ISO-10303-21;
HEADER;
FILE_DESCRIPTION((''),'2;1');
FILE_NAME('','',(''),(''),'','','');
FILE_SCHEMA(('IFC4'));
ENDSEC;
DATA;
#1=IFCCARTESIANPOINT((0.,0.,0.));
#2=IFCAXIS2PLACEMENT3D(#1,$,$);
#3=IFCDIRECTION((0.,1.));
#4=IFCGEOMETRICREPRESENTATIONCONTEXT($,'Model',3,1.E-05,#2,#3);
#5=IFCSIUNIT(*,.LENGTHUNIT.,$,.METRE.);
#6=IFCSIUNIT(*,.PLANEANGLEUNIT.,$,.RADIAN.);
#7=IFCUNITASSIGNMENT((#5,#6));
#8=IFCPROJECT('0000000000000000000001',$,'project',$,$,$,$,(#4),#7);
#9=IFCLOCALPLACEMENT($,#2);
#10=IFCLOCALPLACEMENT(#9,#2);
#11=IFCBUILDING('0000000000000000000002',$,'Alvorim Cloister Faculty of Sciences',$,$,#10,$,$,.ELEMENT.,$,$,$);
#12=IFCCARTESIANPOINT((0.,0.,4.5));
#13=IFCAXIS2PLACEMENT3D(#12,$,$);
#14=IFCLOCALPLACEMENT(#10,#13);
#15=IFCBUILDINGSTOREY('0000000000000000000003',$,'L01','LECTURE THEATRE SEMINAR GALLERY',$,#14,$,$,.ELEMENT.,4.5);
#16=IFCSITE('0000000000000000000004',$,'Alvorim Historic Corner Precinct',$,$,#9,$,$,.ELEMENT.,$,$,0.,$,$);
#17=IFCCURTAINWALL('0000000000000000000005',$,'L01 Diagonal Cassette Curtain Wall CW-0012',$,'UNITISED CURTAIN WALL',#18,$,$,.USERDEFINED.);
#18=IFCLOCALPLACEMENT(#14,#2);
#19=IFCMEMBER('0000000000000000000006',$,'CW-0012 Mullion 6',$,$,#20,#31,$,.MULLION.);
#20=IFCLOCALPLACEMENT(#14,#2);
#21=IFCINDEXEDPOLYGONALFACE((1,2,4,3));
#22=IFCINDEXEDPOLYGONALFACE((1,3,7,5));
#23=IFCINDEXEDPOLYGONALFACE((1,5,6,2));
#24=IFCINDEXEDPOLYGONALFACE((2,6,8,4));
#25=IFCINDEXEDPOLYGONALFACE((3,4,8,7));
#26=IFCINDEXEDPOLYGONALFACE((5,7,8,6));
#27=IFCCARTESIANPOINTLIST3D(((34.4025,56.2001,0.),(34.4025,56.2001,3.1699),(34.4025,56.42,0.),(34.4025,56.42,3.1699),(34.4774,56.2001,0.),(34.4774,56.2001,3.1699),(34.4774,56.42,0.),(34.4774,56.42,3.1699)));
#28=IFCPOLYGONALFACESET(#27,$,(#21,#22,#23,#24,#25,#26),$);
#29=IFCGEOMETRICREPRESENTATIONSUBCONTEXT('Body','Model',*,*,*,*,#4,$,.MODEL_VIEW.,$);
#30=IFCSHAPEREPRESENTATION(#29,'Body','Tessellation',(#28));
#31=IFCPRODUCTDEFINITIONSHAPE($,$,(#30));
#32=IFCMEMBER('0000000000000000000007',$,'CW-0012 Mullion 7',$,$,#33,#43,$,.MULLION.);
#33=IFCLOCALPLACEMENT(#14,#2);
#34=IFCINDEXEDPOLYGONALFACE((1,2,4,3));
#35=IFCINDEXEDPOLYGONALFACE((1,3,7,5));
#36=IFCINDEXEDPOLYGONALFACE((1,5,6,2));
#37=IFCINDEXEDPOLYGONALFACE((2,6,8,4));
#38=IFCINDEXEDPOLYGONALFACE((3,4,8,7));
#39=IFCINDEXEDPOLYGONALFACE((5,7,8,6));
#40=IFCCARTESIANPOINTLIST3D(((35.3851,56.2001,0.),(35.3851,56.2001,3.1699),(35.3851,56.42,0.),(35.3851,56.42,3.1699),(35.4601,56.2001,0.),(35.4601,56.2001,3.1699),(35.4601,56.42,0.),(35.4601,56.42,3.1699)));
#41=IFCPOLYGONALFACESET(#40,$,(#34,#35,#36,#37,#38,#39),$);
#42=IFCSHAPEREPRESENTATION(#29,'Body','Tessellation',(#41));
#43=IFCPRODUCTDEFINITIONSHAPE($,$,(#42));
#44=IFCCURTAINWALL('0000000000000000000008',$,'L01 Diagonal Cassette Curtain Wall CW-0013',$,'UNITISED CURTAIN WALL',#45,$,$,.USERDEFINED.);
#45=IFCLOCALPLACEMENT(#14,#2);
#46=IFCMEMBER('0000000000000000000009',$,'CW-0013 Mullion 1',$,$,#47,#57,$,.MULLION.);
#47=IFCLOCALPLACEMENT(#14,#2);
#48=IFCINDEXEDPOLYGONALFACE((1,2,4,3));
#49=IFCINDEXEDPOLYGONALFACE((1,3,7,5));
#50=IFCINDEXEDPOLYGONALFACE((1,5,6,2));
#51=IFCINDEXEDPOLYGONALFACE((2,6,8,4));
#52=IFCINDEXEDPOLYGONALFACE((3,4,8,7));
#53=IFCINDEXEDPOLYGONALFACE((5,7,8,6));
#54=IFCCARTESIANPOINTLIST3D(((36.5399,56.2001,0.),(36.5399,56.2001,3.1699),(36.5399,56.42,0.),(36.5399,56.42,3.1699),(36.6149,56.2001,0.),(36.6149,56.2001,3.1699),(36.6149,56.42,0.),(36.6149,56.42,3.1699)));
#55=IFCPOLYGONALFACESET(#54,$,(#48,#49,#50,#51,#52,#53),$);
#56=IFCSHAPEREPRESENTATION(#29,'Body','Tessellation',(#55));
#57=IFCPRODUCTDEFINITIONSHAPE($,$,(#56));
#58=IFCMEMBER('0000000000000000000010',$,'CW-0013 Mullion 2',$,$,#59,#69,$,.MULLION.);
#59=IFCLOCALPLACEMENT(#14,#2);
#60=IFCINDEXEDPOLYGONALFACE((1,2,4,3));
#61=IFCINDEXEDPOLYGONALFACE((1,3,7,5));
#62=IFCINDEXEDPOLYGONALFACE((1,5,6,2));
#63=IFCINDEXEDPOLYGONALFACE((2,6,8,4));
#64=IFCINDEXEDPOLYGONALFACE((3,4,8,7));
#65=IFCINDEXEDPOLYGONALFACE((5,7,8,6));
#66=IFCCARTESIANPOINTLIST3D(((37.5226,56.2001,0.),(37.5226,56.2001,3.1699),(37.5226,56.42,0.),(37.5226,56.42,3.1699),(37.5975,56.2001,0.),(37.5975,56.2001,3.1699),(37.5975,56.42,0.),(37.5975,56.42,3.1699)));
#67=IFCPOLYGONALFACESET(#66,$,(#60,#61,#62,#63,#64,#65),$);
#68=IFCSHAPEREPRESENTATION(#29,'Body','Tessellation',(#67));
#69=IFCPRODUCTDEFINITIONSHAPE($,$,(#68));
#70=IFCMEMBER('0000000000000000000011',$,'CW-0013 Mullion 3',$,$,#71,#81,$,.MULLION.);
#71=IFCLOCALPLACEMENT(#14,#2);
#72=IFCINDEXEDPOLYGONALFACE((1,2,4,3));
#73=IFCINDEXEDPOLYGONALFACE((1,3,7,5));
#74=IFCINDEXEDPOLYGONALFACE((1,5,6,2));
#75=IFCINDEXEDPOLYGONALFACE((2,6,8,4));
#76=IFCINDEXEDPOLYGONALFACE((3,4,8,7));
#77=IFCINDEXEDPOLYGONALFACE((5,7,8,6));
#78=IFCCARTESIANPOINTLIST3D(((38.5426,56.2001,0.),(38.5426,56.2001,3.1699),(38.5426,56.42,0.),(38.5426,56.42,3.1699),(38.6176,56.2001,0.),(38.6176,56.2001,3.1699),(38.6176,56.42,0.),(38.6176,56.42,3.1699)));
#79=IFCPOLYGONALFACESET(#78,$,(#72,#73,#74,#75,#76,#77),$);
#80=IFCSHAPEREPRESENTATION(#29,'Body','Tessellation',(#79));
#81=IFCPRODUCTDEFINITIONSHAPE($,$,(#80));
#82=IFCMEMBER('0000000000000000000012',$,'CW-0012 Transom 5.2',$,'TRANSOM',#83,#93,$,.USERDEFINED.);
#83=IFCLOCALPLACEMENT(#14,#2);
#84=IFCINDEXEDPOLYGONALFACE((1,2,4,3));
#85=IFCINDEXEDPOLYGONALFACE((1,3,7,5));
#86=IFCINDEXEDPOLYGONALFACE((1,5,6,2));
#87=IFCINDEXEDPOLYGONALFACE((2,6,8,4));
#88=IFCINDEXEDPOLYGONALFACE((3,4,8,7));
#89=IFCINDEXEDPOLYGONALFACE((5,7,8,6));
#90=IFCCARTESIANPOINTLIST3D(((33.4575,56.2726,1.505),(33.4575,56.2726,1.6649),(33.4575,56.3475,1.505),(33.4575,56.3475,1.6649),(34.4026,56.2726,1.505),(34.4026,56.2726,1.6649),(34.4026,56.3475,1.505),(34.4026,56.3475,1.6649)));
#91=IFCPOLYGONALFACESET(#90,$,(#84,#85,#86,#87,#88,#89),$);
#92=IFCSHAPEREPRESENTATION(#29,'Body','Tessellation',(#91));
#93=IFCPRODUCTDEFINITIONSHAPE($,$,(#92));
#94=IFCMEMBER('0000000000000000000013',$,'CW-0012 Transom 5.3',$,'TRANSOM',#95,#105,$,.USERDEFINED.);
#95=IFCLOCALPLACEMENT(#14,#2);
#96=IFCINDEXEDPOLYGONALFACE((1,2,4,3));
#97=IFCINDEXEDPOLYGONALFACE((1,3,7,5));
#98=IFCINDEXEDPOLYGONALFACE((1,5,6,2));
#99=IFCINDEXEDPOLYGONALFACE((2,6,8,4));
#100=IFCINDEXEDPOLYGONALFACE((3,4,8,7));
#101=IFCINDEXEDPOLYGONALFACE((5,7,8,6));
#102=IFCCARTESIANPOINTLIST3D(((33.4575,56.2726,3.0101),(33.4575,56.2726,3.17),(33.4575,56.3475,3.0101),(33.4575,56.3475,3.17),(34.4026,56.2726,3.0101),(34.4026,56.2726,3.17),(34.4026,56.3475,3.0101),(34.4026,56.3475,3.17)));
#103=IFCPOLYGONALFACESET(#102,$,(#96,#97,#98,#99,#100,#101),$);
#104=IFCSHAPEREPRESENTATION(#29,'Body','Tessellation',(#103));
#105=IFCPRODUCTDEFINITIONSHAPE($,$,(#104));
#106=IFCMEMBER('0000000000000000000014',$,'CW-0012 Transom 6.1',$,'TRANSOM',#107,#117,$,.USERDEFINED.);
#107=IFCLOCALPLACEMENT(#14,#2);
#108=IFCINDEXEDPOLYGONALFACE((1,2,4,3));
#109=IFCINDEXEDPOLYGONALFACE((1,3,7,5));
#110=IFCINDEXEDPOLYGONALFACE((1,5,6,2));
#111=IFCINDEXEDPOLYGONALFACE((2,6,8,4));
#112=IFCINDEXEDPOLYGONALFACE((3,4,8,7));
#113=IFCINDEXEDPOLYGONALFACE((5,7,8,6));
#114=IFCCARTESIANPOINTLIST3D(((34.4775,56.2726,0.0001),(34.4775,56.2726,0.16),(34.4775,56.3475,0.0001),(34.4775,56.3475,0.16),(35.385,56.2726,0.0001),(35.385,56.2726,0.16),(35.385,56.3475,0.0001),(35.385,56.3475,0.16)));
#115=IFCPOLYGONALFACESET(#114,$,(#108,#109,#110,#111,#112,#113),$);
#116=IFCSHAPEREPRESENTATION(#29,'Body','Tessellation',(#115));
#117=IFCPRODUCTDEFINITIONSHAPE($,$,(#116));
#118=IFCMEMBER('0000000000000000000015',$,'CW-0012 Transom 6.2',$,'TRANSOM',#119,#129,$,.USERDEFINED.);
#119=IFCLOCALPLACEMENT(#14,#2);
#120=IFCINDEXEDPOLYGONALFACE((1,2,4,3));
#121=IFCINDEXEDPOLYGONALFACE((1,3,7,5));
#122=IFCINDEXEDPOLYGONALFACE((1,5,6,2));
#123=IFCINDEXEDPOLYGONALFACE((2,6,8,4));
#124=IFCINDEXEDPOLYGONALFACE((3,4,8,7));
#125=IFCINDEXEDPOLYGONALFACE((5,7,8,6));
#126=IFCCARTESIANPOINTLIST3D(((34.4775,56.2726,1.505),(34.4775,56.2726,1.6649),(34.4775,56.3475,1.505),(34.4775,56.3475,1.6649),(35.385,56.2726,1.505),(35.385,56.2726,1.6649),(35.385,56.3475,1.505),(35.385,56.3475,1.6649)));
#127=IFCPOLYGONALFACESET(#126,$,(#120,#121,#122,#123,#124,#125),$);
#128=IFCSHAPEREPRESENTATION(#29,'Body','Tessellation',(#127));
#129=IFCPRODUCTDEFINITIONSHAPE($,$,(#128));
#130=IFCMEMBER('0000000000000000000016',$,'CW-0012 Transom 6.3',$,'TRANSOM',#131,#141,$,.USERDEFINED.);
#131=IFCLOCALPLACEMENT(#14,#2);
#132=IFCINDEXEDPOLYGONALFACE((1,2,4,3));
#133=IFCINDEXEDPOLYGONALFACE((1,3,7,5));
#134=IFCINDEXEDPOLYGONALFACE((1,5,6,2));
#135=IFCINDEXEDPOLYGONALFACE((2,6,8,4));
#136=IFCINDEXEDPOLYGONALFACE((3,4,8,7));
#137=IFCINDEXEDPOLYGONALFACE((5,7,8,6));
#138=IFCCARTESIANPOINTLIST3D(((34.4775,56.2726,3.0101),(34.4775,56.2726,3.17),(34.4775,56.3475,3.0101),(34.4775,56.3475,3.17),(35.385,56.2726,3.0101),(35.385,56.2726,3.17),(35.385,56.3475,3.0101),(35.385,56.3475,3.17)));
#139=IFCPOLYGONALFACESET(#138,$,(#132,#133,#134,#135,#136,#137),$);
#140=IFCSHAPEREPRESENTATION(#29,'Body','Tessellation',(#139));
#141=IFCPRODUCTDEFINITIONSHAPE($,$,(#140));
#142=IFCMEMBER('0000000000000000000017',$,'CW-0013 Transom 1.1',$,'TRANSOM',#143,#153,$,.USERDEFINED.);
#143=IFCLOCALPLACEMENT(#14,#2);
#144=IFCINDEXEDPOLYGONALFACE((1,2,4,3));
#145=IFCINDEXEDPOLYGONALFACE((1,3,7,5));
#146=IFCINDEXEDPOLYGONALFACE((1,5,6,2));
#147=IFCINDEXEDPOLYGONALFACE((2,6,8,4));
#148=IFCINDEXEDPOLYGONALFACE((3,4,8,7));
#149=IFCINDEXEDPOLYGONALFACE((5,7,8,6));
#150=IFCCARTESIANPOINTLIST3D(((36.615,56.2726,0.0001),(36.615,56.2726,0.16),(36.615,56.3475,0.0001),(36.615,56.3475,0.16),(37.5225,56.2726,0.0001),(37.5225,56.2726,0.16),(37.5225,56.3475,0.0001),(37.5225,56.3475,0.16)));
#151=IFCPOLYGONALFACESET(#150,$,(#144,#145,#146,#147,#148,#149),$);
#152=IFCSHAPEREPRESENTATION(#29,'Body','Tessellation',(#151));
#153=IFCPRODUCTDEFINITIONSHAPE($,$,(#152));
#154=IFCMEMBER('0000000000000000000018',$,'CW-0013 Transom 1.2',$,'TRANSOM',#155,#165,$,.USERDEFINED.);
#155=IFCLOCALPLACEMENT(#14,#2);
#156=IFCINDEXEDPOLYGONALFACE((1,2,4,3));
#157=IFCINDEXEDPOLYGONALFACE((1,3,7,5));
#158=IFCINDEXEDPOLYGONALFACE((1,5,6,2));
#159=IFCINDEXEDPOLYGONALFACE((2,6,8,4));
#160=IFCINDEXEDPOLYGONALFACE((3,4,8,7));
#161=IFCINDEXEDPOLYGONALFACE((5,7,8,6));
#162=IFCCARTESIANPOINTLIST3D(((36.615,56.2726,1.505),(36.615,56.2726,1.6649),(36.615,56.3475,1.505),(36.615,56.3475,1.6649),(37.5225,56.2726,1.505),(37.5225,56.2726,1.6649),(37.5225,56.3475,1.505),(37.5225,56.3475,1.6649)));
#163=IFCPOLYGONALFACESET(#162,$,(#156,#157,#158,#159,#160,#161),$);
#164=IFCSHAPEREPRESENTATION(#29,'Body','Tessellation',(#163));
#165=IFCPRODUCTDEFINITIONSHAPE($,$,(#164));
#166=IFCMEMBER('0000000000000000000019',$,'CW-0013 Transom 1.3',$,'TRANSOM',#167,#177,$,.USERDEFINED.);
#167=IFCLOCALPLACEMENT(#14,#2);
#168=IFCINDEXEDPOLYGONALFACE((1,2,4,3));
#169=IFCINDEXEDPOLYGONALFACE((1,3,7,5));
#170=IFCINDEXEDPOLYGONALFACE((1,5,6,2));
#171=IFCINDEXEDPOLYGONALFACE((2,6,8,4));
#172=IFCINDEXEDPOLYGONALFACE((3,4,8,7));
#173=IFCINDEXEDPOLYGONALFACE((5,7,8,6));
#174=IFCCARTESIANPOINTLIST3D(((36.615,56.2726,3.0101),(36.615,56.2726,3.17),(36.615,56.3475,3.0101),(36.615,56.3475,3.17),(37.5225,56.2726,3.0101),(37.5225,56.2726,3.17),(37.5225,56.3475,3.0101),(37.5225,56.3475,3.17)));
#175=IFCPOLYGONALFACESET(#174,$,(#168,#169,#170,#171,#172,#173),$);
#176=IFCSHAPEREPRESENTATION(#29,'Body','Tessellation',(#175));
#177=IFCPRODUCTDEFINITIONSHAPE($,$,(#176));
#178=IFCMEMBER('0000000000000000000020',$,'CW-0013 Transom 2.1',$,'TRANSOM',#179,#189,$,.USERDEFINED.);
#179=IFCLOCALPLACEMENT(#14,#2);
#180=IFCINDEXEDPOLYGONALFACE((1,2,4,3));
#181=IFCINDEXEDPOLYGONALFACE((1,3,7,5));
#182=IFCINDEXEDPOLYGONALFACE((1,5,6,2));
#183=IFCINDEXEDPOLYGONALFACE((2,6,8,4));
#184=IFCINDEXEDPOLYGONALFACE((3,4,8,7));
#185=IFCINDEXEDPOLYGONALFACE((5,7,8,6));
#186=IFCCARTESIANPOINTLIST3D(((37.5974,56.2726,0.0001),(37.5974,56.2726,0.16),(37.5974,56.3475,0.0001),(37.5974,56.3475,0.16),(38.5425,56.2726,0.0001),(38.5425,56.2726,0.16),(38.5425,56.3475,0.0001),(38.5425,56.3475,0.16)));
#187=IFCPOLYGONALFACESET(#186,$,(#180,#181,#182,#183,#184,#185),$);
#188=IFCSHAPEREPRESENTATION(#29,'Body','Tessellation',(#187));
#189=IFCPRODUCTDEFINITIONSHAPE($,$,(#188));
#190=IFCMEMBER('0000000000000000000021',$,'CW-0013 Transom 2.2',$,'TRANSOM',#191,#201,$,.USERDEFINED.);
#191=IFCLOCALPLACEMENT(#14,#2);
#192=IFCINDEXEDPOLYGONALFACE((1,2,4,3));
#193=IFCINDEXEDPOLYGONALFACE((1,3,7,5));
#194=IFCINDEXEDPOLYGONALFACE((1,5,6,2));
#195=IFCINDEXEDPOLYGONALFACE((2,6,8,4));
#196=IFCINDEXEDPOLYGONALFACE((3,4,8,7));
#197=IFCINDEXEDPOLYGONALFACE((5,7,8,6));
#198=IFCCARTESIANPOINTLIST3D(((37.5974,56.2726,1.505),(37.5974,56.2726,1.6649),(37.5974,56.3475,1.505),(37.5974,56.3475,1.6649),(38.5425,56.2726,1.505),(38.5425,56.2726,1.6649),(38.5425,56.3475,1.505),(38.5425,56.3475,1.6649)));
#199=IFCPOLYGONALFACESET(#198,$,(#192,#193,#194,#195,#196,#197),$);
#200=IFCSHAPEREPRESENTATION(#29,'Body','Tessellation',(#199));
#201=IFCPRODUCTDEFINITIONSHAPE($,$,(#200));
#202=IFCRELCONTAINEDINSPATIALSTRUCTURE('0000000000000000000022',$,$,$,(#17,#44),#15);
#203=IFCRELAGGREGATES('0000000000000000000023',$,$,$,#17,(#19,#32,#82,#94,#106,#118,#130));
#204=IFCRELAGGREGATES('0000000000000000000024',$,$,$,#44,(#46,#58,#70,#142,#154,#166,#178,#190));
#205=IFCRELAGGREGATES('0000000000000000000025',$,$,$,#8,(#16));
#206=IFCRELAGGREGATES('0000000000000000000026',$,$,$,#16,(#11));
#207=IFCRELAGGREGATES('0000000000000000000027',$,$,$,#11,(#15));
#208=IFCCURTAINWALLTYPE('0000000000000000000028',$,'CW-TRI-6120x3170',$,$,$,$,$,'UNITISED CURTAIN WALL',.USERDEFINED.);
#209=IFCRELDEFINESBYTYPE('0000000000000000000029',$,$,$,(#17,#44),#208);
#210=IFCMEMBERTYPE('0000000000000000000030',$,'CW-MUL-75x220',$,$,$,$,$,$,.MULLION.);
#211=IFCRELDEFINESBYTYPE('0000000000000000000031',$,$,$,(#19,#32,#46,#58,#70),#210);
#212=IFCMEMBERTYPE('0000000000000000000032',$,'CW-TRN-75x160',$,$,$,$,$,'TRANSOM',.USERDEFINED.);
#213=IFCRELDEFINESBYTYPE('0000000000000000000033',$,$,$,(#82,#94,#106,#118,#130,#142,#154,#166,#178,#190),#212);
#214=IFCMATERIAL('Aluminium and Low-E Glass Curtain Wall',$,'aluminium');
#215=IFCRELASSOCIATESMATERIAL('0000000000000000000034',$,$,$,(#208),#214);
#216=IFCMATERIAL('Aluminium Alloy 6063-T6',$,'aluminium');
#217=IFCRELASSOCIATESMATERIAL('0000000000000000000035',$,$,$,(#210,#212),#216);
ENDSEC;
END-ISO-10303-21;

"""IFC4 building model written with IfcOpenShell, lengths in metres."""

from ifc_helpers import new_model, si_unit, direction, frame, origin, origin_2d, place, context, subcontext, project, spatial, rectangle, extrude, material, material_profile, profile_set, type_object, element, aggregate, save


model = new_model("IFC4")

# Units and contexts
model_context = context("Model", 3, precision=1e-05, world=origin(), true_north=direction((0.0, 1.0)))
body_context = subcontext(model_context, "Body", "Model", "MODEL_VIEW")
ifc_project = project(units=[si_unit("LENGTHUNIT", "METRE"), si_unit("PLANEANGLEUNIT", "RADIAN")], contexts=[model_context])

# Site, building, storey
site_placement = place(None, origin())
site = spatial("IfcSite", under=ifc_project, at=site_placement, Name="Alvorim Historic Corner Precinct", CompositionType="ELEMENT", RefElevation=0.0)
building_placement = place(site_placement, origin())
building = spatial("IfcBuilding", under=site, at=building_placement, Name="Alvorim Cloister Faculty of Sciences", CompositionType="ELEMENT")
storey_placement = place(building_placement, frame((0.0, 0.0, 4.5)))
storey = spatial("IfcBuildingStorey", under=building, at=storey_placement, Name="L01", Description="LECTURE THEATRE SEMINAR GALLERY", CompositionType="ELEMENT", Elevation=4.5)

# Curtain walls, members
ifc_material_1 = material(Name="Aluminium and Low-E Glass Curtain Wall", Category="aluminium")
curtain_wall_type = type_object("IfcCurtainWallType", Name="CW-TRI-6120x3170", ElementType="UNITISED CURTAIN WALL", PredefinedType="USERDEFINED", material=ifc_material_1)
curtain_wall_1_placement = place(storey_placement, origin())
curtain_wall_1 = element("IfcCurtainWall", 1, at=curtain_wall_1_placement, inside=storey, type_object=curtain_wall_type, Name="L01 Diagonal Cassette Curtain Wall CW-0012", ObjectType="UNITISED CURTAIN WALL", PredefinedType="USERDEFINED")
ifc_material_2 = material(Name="Aluminium Alloy 6063-T6", Category="aluminium")
ifc_material_profile_1 = material_profile(ifc_material_2, rectangle(XDim=0.075, YDim=0.22, at=origin_2d()), Name="ALU-MUL-75x220")
ifc_profile_set_1 = profile_set([ifc_material_profile_1], Name="Aluminium Alloy 6063-T6")
member_type_1 = type_object("IfcMemberType", Name="CW-MUL-75x220", PredefinedType="MULLION", material=ifc_profile_set_1)
member_1_placement = place(storey_placement, frame((34.4399, 56.3101, 0.0), z_axis=(0.0, 0.0, 1.0), x_axis=(1.0, 0.0, 0.0)))
member_1 = element("IfcMember", 2, at=member_1_placement, type_object=member_type_1, Name="CW-0012 Mullion 6", PredefinedType="MULLION", context=body_context, shape_type="SweptSolid", body=[
    extrude(rectangle(XDim=0.075, YDim=0.22, at=origin_2d()), origin(), (0.0, 0.0, 1.0), 3.1699),
])
member_2_placement = place(storey_placement, frame((35.4226, 56.3101, 0.0), z_axis=(0.0, 0.0, 1.0), x_axis=(1.0, 0.0, 0.0)))
member_2 = element("IfcMember", 3, at=member_2_placement, type_object=member_type_1, Name="CW-0012 Mullion 7", PredefinedType="MULLION", context=body_context, shape_type="SweptSolid", body=[
    extrude(rectangle(XDim=0.075, YDim=0.22, at=origin_2d()), origin(), (0.0, 0.0, 1.0), 3.1699),
])
curtain_wall_2_placement = place(storey_placement, origin())
curtain_wall_2 = element("IfcCurtainWall", 4, at=curtain_wall_2_placement, inside=storey, type_object=curtain_wall_type, Name="L01 Diagonal Cassette Curtain Wall CW-0013", ObjectType="UNITISED CURTAIN WALL", PredefinedType="USERDEFINED")
member_3_placement = place(storey_placement, frame((36.5774, 56.3101, 0.0), z_axis=(0.0, 0.0, 1.0), x_axis=(1.0, 0.0, 0.0)))
member_3 = element("IfcMember", 5, at=member_3_placement, type_object=member_type_1, Name="CW-0013 Mullion 1", PredefinedType="MULLION", context=body_context, shape_type="SweptSolid", body=[
    extrude(rectangle(XDim=0.075, YDim=0.22, at=origin_2d()), origin(), (0.0, 0.0, 1.0), 3.1699),
])
member_4_placement = place(storey_placement, frame((37.5601, 56.3101, 0.0), z_axis=(0.0, 0.0, 1.0), x_axis=(1.0, 0.0, 0.0)))
member_4 = element("IfcMember", 6, at=member_4_placement, type_object=member_type_1, Name="CW-0013 Mullion 2", PredefinedType="MULLION", context=body_context, shape_type="SweptSolid", body=[
    extrude(rectangle(XDim=0.075, YDim=0.22, at=origin_2d()), origin(), (0.0, 0.0, 1.0), 3.1699),
])
member_5_placement = place(storey_placement, frame((38.5801, 56.3101, 0.0), z_axis=(0.0, 0.0, 1.0), x_axis=(1.0, 0.0, 0.0)))
member_5 = element("IfcMember", 7, at=member_5_placement, type_object=member_type_1, Name="CW-0013 Mullion 3", PredefinedType="MULLION", context=body_context, shape_type="SweptSolid", body=[
    extrude(rectangle(XDim=0.075, YDim=0.22, at=origin_2d()), origin(), (0.0, 0.0, 1.0), 3.1699),
])

# Members
ifc_material_profile_2 = material_profile(ifc_material_2, rectangle(XDim=0.075, YDim=0.1599, at=origin_2d()), Name="ALU-TRN-75x160")
ifc_profile_set_2 = profile_set([ifc_material_profile_2], Name="Aluminium Alloy 6063-T6")
member_type_2 = type_object("IfcMemberType", Name="CW-TRN-75x160", ElementType="TRANSOM", PredefinedType="USERDEFINED", material=ifc_profile_set_2)
member_6_placement = place(storey_placement, frame((33.4575, 56.3101, 1.585), z_axis=(1.0, 0.0, 0.0), x_axis=(0.0, 1.0, 0.0)))
member_6 = element("IfcMember", 8, at=member_6_placement, type_object=member_type_2, Name="CW-0012 Transom 5.2", ObjectType="TRANSOM", PredefinedType="USERDEFINED", context=body_context, shape_type="SweptSolid", body=[
    extrude(rectangle(XDim=0.075, YDim=0.1599, at=origin_2d()), origin(), (0.0, 0.0, 1.0), 0.9451),
])
member_7_placement = place(storey_placement, frame((33.4575, 56.3101, 3.0901), z_axis=(1.0, 0.0, 0.0), x_axis=(0.0, 1.0, 0.0)))
member_7 = element("IfcMember", 9, at=member_7_placement, type_object=member_type_2, Name="CW-0012 Transom 5.3", ObjectType="TRANSOM", PredefinedType="USERDEFINED", context=body_context, shape_type="SweptSolid", body=[
    extrude(rectangle(XDim=0.075, YDim=0.1599, at=origin_2d()), origin(), (0.0, 0.0, 1.0), 0.9451),
])
member_8_placement = place(storey_placement, frame((34.4775, 56.3101, 0.0801), z_axis=(1.0, 0.0, 0.0), x_axis=(0.0, 1.0, 0.0)))
member_8 = element("IfcMember", 10, at=member_8_placement, type_object=member_type_2, Name="CW-0012 Transom 6.1", ObjectType="TRANSOM", PredefinedType="USERDEFINED", context=body_context, shape_type="SweptSolid", body=[
    extrude(rectangle(XDim=0.075, YDim=0.1599, at=origin_2d()), origin(), (0.0, 0.0, 1.0), 0.9075),
])
member_9_placement = place(storey_placement, frame((34.4775, 56.3101, 1.585), z_axis=(1.0, 0.0, 0.0), x_axis=(0.0, 1.0, 0.0)))
member_9 = element("IfcMember", 11, at=member_9_placement, type_object=member_type_2, Name="CW-0012 Transom 6.2", ObjectType="TRANSOM", PredefinedType="USERDEFINED", context=body_context, shape_type="SweptSolid", body=[
    extrude(rectangle(XDim=0.075, YDim=0.1599, at=origin_2d()), origin(), (0.0, 0.0, 1.0), 0.9075),
])
member_10_placement = place(storey_placement, frame((34.4775, 56.3101, 3.0901), z_axis=(1.0, 0.0, 0.0), x_axis=(0.0, 1.0, 0.0)))
member_10 = element("IfcMember", 12, at=member_10_placement, type_object=member_type_2, Name="CW-0012 Transom 6.3", ObjectType="TRANSOM", PredefinedType="USERDEFINED", context=body_context, shape_type="SweptSolid", body=[
    extrude(rectangle(XDim=0.075, YDim=0.1599, at=origin_2d()), origin(), (0.0, 0.0, 1.0), 0.9075),
])
aggregate(curtain_wall_1, [member_1, member_2, member_6, member_7, member_8, member_9, member_10])
member_11_placement = place(storey_placement, frame((36.615, 56.3101, 0.0801), z_axis=(1.0, 0.0, 0.0), x_axis=(0.0, 1.0, 0.0)))
member_11 = element("IfcMember", 13, at=member_11_placement, type_object=member_type_2, Name="CW-0013 Transom 1.1", ObjectType="TRANSOM", PredefinedType="USERDEFINED", context=body_context, shape_type="SweptSolid", body=[
    extrude(rectangle(XDim=0.075, YDim=0.1599, at=origin_2d()), origin(), (0.0, 0.0, 1.0), 0.9075),
])
member_12_placement = place(storey_placement, frame((36.615, 56.3101, 1.585), z_axis=(1.0, 0.0, 0.0), x_axis=(0.0, 1.0, 0.0)))
member_12 = element("IfcMember", 14, at=member_12_placement, type_object=member_type_2, Name="CW-0013 Transom 1.2", ObjectType="TRANSOM", PredefinedType="USERDEFINED", context=body_context, shape_type="SweptSolid", body=[
    extrude(rectangle(XDim=0.075, YDim=0.1599, at=origin_2d()), origin(), (0.0, 0.0, 1.0), 0.9075),
])
member_13_placement = place(storey_placement, frame((36.615, 56.3101, 3.0901), z_axis=(1.0, 0.0, 0.0), x_axis=(0.0, 1.0, 0.0)))
member_13 = element("IfcMember", 15, at=member_13_placement, type_object=member_type_2, Name="CW-0013 Transom 1.3", ObjectType="TRANSOM", PredefinedType="USERDEFINED", context=body_context, shape_type="SweptSolid", body=[
    extrude(rectangle(XDim=0.075, YDim=0.1599, at=origin_2d()), origin(), (0.0, 0.0, 1.0), 0.9075),
])
member_14_placement = place(storey_placement, frame((37.5974, 56.3101, 0.0801), z_axis=(1.0, 0.0, 0.0), x_axis=(0.0, 1.0, 0.0)))
member_14 = element("IfcMember", 16, at=member_14_placement, type_object=member_type_2, Name="CW-0013 Transom 2.1", ObjectType="TRANSOM", PredefinedType="USERDEFINED", context=body_context, shape_type="SweptSolid", body=[
    extrude(rectangle(XDim=0.075, YDim=0.1599, at=origin_2d()), origin(), (0.0, 0.0, 1.0), 0.9451),
])
member_15_placement = place(storey_placement, frame((37.5974, 56.3101, 1.585), z_axis=(1.0, 0.0, 0.0), x_axis=(0.0, 1.0, 0.0)))
member_15 = element("IfcMember", 17, at=member_15_placement, type_object=member_type_2, Name="CW-0013 Transom 2.2", ObjectType="TRANSOM", PredefinedType="USERDEFINED", context=body_context, shape_type="SweptSolid", body=[
    extrude(rectangle(XDim=0.075, YDim=0.1599, at=origin_2d()), origin(), (0.0, 0.0, 1.0), 0.9451),
])
aggregate(curtain_wall_2, [member_3, member_4, member_5, member_11, member_12, member_13, member_14, member_15])

save(model, "model.ifc")
